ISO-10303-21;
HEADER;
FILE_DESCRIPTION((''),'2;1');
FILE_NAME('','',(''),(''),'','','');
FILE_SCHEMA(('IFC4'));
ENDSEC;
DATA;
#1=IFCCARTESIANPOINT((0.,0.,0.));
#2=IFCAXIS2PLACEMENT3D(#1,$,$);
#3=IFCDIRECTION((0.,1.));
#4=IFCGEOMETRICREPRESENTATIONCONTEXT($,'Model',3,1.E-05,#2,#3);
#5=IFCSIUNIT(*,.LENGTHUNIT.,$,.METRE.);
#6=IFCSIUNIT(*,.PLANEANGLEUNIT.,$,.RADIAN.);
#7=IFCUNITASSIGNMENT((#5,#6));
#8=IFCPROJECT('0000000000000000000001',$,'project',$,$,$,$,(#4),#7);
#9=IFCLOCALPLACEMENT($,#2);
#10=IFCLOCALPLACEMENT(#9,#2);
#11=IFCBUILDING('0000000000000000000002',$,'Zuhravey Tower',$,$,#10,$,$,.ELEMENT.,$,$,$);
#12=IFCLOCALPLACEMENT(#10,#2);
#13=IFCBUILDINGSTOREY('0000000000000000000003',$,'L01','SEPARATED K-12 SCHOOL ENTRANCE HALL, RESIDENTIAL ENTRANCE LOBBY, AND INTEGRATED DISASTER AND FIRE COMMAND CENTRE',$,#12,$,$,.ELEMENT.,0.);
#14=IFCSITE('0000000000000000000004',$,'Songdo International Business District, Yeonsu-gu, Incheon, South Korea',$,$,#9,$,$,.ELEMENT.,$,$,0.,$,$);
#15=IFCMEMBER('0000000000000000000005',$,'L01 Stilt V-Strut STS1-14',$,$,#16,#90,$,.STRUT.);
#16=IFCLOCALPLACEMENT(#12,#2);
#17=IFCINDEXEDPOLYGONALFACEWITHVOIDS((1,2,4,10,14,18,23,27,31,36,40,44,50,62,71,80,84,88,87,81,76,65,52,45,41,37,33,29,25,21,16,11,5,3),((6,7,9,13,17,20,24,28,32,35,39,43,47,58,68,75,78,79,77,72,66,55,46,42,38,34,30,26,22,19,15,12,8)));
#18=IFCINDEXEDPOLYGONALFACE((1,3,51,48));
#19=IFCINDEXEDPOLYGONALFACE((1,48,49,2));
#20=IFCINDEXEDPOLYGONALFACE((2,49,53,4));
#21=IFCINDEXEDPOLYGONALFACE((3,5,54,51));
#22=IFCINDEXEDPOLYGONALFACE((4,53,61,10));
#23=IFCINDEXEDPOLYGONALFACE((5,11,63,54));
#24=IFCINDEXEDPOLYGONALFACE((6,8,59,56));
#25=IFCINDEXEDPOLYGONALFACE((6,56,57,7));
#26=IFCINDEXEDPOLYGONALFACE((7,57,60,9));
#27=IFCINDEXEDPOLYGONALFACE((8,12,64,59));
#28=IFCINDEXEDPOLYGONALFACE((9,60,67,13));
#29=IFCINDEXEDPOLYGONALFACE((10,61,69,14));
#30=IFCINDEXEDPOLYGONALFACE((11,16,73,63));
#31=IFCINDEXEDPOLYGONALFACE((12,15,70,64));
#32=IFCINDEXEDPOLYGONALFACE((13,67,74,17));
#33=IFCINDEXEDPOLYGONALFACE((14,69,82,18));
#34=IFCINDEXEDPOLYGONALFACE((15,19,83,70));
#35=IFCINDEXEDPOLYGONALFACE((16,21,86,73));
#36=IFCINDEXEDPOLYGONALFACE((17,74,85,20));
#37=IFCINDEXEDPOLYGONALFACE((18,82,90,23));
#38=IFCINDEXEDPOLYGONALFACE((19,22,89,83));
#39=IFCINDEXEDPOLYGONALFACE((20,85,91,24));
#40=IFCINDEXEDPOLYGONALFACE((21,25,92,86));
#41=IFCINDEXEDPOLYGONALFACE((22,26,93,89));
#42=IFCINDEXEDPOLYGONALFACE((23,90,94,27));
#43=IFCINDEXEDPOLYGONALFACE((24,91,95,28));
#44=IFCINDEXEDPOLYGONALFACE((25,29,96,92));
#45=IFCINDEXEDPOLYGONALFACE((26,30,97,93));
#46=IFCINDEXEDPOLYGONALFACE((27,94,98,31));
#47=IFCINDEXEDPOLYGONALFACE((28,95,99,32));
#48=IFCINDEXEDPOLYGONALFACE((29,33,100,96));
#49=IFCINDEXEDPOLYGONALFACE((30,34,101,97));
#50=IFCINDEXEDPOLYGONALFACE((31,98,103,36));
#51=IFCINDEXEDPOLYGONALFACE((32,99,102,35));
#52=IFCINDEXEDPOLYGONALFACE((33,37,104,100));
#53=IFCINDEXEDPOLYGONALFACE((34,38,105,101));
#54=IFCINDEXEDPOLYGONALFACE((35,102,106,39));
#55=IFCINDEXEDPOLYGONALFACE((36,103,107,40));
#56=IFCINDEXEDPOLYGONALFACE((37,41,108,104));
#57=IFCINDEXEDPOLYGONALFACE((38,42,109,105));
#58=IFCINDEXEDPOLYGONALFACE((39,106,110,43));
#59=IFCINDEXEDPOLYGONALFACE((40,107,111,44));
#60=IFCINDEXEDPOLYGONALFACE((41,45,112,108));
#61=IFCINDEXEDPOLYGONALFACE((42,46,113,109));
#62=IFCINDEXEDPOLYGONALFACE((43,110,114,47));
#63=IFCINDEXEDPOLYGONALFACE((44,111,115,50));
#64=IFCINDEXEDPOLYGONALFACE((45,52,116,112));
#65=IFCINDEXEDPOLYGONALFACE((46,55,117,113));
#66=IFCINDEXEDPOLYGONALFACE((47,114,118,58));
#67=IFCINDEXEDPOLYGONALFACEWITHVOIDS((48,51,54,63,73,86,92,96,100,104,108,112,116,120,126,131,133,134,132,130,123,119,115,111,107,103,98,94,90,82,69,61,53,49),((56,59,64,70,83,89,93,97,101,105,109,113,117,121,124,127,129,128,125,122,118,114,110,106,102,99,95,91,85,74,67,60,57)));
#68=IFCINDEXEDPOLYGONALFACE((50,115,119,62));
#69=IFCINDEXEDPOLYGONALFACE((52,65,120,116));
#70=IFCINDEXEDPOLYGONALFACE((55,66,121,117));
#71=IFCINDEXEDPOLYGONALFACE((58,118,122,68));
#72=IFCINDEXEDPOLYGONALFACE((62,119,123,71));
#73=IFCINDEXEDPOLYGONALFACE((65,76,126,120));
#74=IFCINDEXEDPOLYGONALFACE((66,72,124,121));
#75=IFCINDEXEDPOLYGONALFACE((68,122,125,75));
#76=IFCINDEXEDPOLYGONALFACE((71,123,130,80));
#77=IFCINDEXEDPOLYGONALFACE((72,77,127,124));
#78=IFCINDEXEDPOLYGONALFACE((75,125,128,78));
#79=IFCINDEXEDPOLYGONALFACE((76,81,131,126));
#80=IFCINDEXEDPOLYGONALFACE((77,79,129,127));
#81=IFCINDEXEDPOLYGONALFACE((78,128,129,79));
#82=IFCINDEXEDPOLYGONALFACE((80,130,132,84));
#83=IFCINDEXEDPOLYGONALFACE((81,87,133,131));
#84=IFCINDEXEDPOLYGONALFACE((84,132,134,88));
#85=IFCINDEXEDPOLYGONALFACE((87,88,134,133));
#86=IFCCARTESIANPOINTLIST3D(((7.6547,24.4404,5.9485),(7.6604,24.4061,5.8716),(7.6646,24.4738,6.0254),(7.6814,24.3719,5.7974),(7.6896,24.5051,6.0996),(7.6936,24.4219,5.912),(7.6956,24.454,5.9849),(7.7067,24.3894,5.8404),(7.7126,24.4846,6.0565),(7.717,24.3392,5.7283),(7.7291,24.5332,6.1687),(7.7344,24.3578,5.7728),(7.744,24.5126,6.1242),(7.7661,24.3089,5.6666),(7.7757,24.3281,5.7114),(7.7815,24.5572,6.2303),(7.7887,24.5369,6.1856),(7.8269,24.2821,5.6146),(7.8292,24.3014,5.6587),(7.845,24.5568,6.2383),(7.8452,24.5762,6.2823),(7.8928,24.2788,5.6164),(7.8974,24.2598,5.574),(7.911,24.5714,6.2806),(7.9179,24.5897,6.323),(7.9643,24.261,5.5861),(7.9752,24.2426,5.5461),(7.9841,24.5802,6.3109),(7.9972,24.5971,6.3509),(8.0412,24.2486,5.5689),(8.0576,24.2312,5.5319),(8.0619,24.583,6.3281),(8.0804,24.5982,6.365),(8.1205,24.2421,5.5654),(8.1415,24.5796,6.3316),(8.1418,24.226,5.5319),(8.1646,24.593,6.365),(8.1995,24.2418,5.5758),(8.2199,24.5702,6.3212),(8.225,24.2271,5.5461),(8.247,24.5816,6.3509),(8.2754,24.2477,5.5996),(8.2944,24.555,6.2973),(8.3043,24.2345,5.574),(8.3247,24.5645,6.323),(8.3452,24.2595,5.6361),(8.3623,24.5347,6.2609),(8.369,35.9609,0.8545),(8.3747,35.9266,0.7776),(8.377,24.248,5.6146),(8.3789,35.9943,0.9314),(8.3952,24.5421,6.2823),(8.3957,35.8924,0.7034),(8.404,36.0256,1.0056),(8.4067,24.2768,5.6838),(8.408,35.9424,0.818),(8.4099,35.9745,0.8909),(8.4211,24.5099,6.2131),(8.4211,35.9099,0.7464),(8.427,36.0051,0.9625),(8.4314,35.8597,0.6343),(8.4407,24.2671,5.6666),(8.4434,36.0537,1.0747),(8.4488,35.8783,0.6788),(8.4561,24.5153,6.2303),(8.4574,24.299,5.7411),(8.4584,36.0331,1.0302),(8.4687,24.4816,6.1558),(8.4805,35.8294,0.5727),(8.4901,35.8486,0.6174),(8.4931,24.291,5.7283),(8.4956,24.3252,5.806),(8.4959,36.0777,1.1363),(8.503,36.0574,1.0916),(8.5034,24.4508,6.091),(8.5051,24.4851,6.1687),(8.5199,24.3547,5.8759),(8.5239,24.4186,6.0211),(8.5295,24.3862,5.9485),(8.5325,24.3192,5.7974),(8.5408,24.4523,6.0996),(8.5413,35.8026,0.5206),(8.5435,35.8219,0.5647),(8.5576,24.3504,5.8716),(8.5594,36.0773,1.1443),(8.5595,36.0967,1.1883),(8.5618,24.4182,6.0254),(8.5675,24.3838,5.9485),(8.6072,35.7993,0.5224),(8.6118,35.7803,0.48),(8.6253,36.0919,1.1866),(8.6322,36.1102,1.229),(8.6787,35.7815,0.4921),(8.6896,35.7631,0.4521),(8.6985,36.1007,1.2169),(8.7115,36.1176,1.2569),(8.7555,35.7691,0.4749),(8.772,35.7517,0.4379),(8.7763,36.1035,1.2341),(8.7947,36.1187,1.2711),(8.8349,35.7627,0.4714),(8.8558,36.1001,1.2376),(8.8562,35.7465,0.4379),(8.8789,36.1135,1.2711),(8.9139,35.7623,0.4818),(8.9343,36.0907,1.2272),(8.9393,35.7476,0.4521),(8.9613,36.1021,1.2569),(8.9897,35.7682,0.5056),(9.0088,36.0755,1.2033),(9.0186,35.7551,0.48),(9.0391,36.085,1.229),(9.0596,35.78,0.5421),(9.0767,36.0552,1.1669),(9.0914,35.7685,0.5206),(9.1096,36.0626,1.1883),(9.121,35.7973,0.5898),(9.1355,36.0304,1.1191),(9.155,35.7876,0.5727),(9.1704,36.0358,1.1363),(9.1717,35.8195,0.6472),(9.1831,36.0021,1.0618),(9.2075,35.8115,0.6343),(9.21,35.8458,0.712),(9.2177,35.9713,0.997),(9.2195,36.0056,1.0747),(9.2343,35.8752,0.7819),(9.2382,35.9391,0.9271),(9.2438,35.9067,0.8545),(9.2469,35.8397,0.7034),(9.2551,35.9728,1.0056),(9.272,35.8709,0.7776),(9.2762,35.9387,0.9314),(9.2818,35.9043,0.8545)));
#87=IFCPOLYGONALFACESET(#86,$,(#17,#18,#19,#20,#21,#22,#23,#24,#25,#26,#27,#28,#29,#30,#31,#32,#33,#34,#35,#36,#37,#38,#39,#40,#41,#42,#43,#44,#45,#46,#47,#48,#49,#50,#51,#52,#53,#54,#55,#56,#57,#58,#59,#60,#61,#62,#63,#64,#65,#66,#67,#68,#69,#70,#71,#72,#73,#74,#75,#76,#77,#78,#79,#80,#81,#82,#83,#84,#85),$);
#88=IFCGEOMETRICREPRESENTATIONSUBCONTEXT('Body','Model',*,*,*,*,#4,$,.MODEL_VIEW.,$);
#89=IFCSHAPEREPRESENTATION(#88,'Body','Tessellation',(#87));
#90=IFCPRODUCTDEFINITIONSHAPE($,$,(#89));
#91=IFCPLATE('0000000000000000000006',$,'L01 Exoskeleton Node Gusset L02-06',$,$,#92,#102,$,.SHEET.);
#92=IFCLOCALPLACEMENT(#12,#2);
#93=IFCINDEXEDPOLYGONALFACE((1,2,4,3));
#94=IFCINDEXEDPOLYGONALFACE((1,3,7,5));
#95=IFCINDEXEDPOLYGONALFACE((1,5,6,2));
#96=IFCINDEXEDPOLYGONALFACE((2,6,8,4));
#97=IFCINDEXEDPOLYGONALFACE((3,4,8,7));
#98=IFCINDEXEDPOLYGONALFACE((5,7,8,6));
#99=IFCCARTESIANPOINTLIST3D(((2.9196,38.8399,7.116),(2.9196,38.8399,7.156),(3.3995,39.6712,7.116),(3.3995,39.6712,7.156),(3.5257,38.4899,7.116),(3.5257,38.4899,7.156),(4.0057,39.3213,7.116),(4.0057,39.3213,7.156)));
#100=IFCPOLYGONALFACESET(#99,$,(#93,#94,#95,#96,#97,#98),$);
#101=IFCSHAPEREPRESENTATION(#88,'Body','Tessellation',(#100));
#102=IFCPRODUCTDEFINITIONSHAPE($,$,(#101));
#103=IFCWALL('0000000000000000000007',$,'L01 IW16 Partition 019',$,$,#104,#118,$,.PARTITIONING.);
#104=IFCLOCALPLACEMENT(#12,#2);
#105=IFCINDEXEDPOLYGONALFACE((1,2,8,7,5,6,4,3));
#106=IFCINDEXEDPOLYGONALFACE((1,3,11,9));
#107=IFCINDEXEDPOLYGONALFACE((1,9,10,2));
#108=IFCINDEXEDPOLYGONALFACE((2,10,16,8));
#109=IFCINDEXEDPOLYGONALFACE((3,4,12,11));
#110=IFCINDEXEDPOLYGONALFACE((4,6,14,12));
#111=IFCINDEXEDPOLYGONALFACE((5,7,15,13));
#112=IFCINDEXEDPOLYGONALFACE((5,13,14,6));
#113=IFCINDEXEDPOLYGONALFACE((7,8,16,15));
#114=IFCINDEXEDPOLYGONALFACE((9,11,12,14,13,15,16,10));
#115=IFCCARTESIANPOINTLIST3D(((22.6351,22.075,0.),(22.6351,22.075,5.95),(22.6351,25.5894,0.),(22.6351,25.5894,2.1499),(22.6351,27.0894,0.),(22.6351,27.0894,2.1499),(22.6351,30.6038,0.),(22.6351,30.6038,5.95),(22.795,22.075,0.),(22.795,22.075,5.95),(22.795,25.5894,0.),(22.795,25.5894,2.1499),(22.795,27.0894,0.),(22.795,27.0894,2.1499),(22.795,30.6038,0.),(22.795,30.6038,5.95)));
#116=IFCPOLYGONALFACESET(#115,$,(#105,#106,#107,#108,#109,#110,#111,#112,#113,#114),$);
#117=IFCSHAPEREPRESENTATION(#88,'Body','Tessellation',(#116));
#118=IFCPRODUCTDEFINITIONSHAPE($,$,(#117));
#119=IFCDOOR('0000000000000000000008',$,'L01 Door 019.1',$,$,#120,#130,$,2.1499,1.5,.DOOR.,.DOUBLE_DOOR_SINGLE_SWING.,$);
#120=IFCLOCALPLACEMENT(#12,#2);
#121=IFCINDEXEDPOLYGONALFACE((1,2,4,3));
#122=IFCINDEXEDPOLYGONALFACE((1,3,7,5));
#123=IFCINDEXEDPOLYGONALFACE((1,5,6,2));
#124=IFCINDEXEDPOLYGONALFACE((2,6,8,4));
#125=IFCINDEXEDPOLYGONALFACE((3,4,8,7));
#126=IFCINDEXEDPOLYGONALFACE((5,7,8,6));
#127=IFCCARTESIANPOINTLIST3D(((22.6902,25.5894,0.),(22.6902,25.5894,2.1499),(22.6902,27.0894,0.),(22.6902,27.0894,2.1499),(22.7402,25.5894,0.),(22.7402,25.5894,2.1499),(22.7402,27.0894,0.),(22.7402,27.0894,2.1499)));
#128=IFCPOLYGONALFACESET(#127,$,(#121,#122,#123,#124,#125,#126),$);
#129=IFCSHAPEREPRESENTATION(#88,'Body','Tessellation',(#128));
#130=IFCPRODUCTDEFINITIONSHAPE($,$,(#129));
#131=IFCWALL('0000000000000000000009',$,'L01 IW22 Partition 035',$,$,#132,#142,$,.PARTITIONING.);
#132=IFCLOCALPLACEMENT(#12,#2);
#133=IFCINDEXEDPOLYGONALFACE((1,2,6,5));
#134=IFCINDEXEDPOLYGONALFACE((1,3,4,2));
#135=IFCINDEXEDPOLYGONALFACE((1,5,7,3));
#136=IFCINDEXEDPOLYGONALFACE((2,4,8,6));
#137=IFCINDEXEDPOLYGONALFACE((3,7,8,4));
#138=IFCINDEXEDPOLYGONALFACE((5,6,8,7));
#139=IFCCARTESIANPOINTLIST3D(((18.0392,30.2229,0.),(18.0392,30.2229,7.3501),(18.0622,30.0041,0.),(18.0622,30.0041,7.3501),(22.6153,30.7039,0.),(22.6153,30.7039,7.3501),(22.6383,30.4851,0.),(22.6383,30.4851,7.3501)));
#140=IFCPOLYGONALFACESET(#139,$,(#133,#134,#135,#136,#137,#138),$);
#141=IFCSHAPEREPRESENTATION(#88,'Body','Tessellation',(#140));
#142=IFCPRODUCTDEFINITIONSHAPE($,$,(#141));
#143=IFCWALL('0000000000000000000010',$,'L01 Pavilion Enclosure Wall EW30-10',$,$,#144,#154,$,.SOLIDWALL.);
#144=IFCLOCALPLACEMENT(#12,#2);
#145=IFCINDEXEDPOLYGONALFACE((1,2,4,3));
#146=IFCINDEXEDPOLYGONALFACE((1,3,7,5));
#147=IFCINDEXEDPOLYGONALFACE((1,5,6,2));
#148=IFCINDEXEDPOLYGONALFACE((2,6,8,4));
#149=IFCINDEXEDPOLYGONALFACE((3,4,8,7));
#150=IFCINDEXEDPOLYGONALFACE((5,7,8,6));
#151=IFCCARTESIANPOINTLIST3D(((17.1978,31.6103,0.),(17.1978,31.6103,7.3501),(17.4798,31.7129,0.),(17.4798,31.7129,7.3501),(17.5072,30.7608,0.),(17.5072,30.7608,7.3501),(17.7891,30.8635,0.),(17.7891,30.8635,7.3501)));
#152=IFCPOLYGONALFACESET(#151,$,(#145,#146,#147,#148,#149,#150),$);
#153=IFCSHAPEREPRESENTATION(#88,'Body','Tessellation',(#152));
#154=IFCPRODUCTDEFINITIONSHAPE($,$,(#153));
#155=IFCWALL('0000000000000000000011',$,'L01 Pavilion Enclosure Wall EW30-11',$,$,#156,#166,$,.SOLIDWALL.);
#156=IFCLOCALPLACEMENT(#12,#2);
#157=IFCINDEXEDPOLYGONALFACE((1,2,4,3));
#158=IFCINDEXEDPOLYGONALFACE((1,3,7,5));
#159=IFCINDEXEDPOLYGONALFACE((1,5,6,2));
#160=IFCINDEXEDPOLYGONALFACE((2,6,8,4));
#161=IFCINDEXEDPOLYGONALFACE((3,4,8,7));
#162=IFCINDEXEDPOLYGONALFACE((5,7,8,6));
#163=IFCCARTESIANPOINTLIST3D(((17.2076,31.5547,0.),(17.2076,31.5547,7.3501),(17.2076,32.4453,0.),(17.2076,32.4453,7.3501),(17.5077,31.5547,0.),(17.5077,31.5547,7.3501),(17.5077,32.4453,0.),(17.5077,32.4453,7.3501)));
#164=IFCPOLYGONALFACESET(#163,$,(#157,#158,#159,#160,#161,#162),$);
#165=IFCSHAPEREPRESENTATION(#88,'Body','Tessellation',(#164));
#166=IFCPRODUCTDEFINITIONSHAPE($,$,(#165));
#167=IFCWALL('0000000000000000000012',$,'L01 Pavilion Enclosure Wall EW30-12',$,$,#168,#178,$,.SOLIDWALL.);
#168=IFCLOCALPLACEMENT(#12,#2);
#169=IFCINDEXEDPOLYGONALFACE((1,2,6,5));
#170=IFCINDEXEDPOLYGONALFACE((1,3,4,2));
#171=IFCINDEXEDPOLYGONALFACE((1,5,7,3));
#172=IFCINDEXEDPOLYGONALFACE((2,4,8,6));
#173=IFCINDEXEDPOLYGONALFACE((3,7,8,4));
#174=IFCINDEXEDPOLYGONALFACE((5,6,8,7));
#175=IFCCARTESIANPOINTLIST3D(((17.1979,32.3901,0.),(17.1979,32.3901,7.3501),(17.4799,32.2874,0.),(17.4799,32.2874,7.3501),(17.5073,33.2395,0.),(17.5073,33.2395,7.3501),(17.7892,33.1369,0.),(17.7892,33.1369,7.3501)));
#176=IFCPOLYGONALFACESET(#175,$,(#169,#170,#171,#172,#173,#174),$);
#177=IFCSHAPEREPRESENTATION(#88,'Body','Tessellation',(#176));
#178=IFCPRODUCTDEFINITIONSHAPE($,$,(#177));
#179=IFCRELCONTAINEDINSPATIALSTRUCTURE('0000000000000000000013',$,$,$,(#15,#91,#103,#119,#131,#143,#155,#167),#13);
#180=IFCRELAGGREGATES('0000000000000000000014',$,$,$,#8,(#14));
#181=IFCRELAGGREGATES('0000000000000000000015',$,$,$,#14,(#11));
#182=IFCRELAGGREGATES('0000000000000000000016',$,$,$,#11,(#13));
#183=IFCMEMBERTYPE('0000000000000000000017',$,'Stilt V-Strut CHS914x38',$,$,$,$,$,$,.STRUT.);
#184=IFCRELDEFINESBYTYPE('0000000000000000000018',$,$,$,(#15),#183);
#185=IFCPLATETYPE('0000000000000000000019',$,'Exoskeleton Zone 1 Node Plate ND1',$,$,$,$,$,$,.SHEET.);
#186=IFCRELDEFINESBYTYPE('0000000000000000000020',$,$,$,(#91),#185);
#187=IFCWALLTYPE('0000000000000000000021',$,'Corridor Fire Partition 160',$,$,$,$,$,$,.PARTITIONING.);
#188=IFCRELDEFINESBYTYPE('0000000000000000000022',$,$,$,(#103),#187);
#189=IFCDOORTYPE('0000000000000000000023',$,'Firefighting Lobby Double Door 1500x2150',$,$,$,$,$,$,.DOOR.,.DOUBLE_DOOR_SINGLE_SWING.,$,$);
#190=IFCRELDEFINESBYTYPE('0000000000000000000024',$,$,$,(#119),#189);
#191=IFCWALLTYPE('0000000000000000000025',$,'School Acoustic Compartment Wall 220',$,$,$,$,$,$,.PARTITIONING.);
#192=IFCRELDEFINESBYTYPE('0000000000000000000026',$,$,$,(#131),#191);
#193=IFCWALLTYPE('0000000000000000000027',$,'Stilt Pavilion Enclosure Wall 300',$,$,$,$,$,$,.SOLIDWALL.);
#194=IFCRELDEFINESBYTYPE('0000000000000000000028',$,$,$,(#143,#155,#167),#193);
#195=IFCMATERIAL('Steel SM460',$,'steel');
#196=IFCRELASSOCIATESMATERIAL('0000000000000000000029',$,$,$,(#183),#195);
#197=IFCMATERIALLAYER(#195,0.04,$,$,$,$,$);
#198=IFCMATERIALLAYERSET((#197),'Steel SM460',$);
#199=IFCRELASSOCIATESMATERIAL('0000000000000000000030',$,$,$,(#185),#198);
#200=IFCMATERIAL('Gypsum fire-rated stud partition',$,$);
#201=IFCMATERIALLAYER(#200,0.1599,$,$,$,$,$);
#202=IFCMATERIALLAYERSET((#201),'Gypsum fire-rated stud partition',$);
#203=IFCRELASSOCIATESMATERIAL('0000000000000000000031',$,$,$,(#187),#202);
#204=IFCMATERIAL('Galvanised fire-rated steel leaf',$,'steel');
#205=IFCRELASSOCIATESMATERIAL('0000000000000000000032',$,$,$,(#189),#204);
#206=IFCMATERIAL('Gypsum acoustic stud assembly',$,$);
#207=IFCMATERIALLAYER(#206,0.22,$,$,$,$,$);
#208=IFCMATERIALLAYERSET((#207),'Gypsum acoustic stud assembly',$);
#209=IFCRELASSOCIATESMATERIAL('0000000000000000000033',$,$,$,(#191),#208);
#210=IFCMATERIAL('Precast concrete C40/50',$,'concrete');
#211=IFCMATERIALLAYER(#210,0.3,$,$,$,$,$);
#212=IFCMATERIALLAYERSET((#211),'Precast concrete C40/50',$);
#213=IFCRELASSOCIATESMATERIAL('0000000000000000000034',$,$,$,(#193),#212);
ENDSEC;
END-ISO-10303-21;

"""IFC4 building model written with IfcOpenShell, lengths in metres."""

from ifc_helpers import new_model, si_unit, direction, frame, frame_2d, origin, origin_2d, place, context, subcontext, project, spatial, rectangle, hollow_circle, extrude, material, layer, layer_set, material_profile, profile_set, type_object, element, fill, save


model = new_model("IFC4")

# Units and contexts
model_context = context("Model", 3, precision=1e-05, world=origin(), true_north=direction((0.0, 1.0)))
body_context = subcontext(model_context, "Body", "Model", "MODEL_VIEW")
ifc_project = project(units=[si_unit("LENGTHUNIT", "METRE"), si_unit("PLANEANGLEUNIT", "RADIAN")], contexts=[model_context])

# Site, building, storey
site_placement = place(None, origin())
site = spatial("IfcSite", under=ifc_project, at=site_placement, Name="Songdo International Business District, Yeonsu-gu, Incheon, South Korea", CompositionType="ELEMENT", RefElevation=0.0)
building_placement = place(site_placement, origin())
building = spatial("IfcBuilding", under=site, at=building_placement, Name="Zuhravey Tower", CompositionType="ELEMENT")
storey_placement = place(building_placement, origin())
storey = spatial("IfcBuildingStorey", under=building, at=storey_placement, Name="L01", Description="SEPARATED K-12 SCHOOL ENTRANCE HALL, RESIDENTIAL ENTRANCE LOBBY, AND INTEGRATED DISASTER AND FIRE COMMAND CENTRE", CompositionType="ELEMENT", Elevation=0.0)

# Shared definitions
ifc_material_1 = material(Name="Steel SM460", Category="steel")

# Member
ifc_material_profile_1 = material_profile(ifc_material_1, hollow_circle(Radius=0.4573, WallThickness=0.0381, at=origin_2d()), Name="CHS-914.4x38")
ifc_profile_set_1 = profile_set([ifc_material_profile_1], Name="Steel SM460")
member_type = type_object("IfcMemberType", Name="Stilt V-Strut CHS914x38", PredefinedType="STRUT", material=ifc_profile_set_1)
member_1_placement = place(storey_placement, frame((8.8254, 35.9326, 0.8545), z_axis=(-0.05662, -0.913116, 0.40375), x_axis=(0.998083, -0.061888, 0.0)))
element("IfcMember", 1, at=member_1_placement, inside=storey, type_object=member_type, Name="L01 Stilt V-Strut STS1-14", PredefinedType="STRUT", context=body_context, shape_type="SweptSolid", body=[
    extrude(hollow_circle(Radius=0.4573, WallThickness=0.0381, at=origin_2d()), origin(), (0.0, 0.0, 1.0), 12.6167),
])

# Plate
ifc_layer_1 = layer(ifc_material_1, 0.04)
ifc_layer_set_1 = layer_set([ifc_layer_1], Name="Steel SM460")
plate_type = type_object("IfcPlateType", Name="Exoskeleton Zone 1 Node Plate ND1", PredefinedType="SHEET", material=ifc_layer_set_1)
plate_placement = place(storey_placement, frame((3.4626, 39.0806, 7.116), z_axis=(0.0, 0.0, 1.0), x_axis=(-0.5, -0.866025, 0.0)))
element("IfcPlate", 2, at=plate_placement, inside=storey, type_object=plate_type, Name="L01 Exoskeleton Node Gusset L02-06", PredefinedType="SHEET", context=body_context, shape_type="SweptSolid", body=[
    extrude(rectangle(XDim=0.96, YDim=0.7, at=origin_2d()), origin(), (0.0, 0.0, 1.0), 0.04),
])

# Wall, opening, door
ifc_material_2 = material(Name="Gypsum fire-rated stud partition")
ifc_layer_2 = layer(ifc_material_2, 0.1599)
ifc_layer_set_2 = layer_set([ifc_layer_2], Name="Gypsum fire-rated stud partition")
wall_type_1 = type_object("IfcWallType", Name="Corridor Fire Partition 160", PredefinedType="PARTITIONING", material=ifc_layer_set_2)
wall_1_placement = place(storey_placement, frame((22.7151, 30.6038, 0.0), z_axis=(0.0, 0.0, 1.0), x_axis=(0.0, -1.0, 0.0)))
wall_1 = element("IfcWall", 3, at=wall_1_placement, inside=storey, type_object=wall_type_1, Name="L01 IW16 Partition 019", PredefinedType="PARTITIONING", context=body_context, shape_type="SweptSolid", body=[
    extrude(rectangle(XDim=8.5288, YDim=0.1599, at=frame_2d((4.2644, 0.0))), origin(), (0.0, 0.0, 1.0), 5.95),
])
opening_1_placement = place(wall_1_placement, frame((3.5144, 0.0, 0.0)))
opening_1 = element("IfcOpeningElement", 4, at=opening_1_placement, cuts=wall_1, PredefinedType="OPENING", context=body_context, shape_type="SweptSolid", body=[
    extrude(rectangle(XDim=1.5, YDim=2.1499, at=frame_2d((0.75, 1.075))), frame((0.0, 0.092, 0.0), z_axis=(0.0, -1.0, 0.0), x_axis=(1.0, 0.0, 0.0)), (0.0, 0.0, 1.0), 0.1838),
])
ifc_material_3 = material(Name="Galvanised fire-rated steel leaf", Category="steel")
door_type_1 = type_object("IfcDoorType", Name="Firefighting Lobby Double Door 1500x2150", OperationType="DOUBLE_DOOR_SINGLE_SWING", PredefinedType="DOOR", material=ifc_material_3)
door_1_placement = place(opening_1_placement, frame((1.5, 0.0, 0.0), z_axis=(0.0, 0.0, 1.0), x_axis=(-1.0, 0.0, 0.0)))
door_1 = element("IfcDoor", 5, at=door_1_placement, inside=storey, type_object=door_type_1, Name="L01 Door 019.1", OperationType="DOUBLE_DOOR_SINGLE_SWING", OverallHeight=2.1499, OverallWidth=1.5, PredefinedType="DOOR", context=body_context, shape_type="SweptSolid", body=[
    extrude(rectangle(XDim=1.5, YDim=2.1499, at=frame_2d((0.75, 1.075))), frame((0.0, 0.0249, 0.0), z_axis=(0.0, -1.0, 0.0), x_axis=(1.0, 0.0, 0.0)), (0.0, 0.0, 1.0), 0.05),
])
fill(opening_1, door_1)

# Walls
ifc_material_4 = material(Name="Gypsum acoustic stud assembly")
ifc_layer_3 = layer(ifc_material_4, 0.22)
ifc_layer_set_3 = layer_set([ifc_layer_3], Name="Gypsum acoustic stud assembly")
wall_type_2 = type_object("IfcWallType", Name="School Acoustic Compartment Wall 220", PredefinedType="PARTITIONING", material=ifc_layer_set_3)
wall_2_placement = place(storey_placement, frame((22.627, 30.5945, 0.0), z_axis=(0.0, 0.0, 1.0), x_axis=(-0.994522, -0.104525, 0.0)))
element("IfcWall", 6, at=wall_2_placement, inside=storey, type_object=wall_type_2, Name="L01 IW22 Partition 035", PredefinedType="PARTITIONING", context=body_context, shape_type="SweptSolid", body=[
    extrude(rectangle(XDim=4.6013, YDim=0.22, at=frame_2d((2.3008, 0.0))), origin(), (0.0, 0.0, 1.0), 7.3501),
])
ifc_material_5 = material(Name="Precast concrete C40/50", Category="concrete")
ifc_layer_4 = layer(ifc_material_5, 0.3)
ifc_layer_set_4 = layer_set([ifc_layer_4], Name="Precast concrete C40/50")
wall_type_3 = type_object("IfcWallType", Name="Stilt Pavilion Enclosure Wall 300", PredefinedType="SOLIDWALL", material=ifc_layer_set_4)
wall_3_placement = place(storey_placement, frame((17.6482, 30.812, 0.0), z_axis=(0.0, 0.0, 1.0), x_axis=(-0.342198, 0.939628, 0.0)))
element("IfcWall", 7, at=wall_3_placement, inside=storey, type_object=wall_type_3, Name="L01 Pavilion Enclosure Wall EW30-10", PredefinedType="SOLIDWALL", context=body_context, shape_type="SweptSolid", body=[
    extrude(rectangle(XDim=0.9041, YDim=0.3, at=frame_2d((0.4521, 0.0))), origin(), (0.0, 0.0, 1.0), 7.3501),
])
wall_4_placement = place(storey_placement, frame((17.3577, 31.5547, 0.0), z_axis=(0.0, 0.0, 1.0), x_axis=(0.0, 1.0, 0.0)))
element("IfcWall", 8, at=wall_4_placement, inside=storey, type_object=wall_type_3, Name="L01 Pavilion Enclosure Wall EW30-11", PredefinedType="SOLIDWALL", context=body_context, shape_type="SweptSolid", body=[
    extrude(rectangle(XDim=0.8906, YDim=0.3, at=frame_2d((0.4453, 0.0))), origin(), (0.0, 0.0, 1.0), 7.3501),
])
wall_5_placement = place(storey_placement, frame((17.3389, 32.3386, 0.0), z_axis=(0.0, 0.0, 1.0), x_axis=(0.342198, 0.939628, 0.0)))
element("IfcWall", 9, at=wall_5_placement, inside=storey, type_object=wall_type_3, Name="L01 Pavilion Enclosure Wall EW30-12", PredefinedType="SOLIDWALL", context=body_context, shape_type="SweptSolid", body=[
    extrude(rectangle(XDim=0.9041, YDim=0.3, at=frame_2d((0.4521, 0.0))), origin(), (0.0, 0.0, 1.0), 7.3501),
])

save(model, "model.ifc")
